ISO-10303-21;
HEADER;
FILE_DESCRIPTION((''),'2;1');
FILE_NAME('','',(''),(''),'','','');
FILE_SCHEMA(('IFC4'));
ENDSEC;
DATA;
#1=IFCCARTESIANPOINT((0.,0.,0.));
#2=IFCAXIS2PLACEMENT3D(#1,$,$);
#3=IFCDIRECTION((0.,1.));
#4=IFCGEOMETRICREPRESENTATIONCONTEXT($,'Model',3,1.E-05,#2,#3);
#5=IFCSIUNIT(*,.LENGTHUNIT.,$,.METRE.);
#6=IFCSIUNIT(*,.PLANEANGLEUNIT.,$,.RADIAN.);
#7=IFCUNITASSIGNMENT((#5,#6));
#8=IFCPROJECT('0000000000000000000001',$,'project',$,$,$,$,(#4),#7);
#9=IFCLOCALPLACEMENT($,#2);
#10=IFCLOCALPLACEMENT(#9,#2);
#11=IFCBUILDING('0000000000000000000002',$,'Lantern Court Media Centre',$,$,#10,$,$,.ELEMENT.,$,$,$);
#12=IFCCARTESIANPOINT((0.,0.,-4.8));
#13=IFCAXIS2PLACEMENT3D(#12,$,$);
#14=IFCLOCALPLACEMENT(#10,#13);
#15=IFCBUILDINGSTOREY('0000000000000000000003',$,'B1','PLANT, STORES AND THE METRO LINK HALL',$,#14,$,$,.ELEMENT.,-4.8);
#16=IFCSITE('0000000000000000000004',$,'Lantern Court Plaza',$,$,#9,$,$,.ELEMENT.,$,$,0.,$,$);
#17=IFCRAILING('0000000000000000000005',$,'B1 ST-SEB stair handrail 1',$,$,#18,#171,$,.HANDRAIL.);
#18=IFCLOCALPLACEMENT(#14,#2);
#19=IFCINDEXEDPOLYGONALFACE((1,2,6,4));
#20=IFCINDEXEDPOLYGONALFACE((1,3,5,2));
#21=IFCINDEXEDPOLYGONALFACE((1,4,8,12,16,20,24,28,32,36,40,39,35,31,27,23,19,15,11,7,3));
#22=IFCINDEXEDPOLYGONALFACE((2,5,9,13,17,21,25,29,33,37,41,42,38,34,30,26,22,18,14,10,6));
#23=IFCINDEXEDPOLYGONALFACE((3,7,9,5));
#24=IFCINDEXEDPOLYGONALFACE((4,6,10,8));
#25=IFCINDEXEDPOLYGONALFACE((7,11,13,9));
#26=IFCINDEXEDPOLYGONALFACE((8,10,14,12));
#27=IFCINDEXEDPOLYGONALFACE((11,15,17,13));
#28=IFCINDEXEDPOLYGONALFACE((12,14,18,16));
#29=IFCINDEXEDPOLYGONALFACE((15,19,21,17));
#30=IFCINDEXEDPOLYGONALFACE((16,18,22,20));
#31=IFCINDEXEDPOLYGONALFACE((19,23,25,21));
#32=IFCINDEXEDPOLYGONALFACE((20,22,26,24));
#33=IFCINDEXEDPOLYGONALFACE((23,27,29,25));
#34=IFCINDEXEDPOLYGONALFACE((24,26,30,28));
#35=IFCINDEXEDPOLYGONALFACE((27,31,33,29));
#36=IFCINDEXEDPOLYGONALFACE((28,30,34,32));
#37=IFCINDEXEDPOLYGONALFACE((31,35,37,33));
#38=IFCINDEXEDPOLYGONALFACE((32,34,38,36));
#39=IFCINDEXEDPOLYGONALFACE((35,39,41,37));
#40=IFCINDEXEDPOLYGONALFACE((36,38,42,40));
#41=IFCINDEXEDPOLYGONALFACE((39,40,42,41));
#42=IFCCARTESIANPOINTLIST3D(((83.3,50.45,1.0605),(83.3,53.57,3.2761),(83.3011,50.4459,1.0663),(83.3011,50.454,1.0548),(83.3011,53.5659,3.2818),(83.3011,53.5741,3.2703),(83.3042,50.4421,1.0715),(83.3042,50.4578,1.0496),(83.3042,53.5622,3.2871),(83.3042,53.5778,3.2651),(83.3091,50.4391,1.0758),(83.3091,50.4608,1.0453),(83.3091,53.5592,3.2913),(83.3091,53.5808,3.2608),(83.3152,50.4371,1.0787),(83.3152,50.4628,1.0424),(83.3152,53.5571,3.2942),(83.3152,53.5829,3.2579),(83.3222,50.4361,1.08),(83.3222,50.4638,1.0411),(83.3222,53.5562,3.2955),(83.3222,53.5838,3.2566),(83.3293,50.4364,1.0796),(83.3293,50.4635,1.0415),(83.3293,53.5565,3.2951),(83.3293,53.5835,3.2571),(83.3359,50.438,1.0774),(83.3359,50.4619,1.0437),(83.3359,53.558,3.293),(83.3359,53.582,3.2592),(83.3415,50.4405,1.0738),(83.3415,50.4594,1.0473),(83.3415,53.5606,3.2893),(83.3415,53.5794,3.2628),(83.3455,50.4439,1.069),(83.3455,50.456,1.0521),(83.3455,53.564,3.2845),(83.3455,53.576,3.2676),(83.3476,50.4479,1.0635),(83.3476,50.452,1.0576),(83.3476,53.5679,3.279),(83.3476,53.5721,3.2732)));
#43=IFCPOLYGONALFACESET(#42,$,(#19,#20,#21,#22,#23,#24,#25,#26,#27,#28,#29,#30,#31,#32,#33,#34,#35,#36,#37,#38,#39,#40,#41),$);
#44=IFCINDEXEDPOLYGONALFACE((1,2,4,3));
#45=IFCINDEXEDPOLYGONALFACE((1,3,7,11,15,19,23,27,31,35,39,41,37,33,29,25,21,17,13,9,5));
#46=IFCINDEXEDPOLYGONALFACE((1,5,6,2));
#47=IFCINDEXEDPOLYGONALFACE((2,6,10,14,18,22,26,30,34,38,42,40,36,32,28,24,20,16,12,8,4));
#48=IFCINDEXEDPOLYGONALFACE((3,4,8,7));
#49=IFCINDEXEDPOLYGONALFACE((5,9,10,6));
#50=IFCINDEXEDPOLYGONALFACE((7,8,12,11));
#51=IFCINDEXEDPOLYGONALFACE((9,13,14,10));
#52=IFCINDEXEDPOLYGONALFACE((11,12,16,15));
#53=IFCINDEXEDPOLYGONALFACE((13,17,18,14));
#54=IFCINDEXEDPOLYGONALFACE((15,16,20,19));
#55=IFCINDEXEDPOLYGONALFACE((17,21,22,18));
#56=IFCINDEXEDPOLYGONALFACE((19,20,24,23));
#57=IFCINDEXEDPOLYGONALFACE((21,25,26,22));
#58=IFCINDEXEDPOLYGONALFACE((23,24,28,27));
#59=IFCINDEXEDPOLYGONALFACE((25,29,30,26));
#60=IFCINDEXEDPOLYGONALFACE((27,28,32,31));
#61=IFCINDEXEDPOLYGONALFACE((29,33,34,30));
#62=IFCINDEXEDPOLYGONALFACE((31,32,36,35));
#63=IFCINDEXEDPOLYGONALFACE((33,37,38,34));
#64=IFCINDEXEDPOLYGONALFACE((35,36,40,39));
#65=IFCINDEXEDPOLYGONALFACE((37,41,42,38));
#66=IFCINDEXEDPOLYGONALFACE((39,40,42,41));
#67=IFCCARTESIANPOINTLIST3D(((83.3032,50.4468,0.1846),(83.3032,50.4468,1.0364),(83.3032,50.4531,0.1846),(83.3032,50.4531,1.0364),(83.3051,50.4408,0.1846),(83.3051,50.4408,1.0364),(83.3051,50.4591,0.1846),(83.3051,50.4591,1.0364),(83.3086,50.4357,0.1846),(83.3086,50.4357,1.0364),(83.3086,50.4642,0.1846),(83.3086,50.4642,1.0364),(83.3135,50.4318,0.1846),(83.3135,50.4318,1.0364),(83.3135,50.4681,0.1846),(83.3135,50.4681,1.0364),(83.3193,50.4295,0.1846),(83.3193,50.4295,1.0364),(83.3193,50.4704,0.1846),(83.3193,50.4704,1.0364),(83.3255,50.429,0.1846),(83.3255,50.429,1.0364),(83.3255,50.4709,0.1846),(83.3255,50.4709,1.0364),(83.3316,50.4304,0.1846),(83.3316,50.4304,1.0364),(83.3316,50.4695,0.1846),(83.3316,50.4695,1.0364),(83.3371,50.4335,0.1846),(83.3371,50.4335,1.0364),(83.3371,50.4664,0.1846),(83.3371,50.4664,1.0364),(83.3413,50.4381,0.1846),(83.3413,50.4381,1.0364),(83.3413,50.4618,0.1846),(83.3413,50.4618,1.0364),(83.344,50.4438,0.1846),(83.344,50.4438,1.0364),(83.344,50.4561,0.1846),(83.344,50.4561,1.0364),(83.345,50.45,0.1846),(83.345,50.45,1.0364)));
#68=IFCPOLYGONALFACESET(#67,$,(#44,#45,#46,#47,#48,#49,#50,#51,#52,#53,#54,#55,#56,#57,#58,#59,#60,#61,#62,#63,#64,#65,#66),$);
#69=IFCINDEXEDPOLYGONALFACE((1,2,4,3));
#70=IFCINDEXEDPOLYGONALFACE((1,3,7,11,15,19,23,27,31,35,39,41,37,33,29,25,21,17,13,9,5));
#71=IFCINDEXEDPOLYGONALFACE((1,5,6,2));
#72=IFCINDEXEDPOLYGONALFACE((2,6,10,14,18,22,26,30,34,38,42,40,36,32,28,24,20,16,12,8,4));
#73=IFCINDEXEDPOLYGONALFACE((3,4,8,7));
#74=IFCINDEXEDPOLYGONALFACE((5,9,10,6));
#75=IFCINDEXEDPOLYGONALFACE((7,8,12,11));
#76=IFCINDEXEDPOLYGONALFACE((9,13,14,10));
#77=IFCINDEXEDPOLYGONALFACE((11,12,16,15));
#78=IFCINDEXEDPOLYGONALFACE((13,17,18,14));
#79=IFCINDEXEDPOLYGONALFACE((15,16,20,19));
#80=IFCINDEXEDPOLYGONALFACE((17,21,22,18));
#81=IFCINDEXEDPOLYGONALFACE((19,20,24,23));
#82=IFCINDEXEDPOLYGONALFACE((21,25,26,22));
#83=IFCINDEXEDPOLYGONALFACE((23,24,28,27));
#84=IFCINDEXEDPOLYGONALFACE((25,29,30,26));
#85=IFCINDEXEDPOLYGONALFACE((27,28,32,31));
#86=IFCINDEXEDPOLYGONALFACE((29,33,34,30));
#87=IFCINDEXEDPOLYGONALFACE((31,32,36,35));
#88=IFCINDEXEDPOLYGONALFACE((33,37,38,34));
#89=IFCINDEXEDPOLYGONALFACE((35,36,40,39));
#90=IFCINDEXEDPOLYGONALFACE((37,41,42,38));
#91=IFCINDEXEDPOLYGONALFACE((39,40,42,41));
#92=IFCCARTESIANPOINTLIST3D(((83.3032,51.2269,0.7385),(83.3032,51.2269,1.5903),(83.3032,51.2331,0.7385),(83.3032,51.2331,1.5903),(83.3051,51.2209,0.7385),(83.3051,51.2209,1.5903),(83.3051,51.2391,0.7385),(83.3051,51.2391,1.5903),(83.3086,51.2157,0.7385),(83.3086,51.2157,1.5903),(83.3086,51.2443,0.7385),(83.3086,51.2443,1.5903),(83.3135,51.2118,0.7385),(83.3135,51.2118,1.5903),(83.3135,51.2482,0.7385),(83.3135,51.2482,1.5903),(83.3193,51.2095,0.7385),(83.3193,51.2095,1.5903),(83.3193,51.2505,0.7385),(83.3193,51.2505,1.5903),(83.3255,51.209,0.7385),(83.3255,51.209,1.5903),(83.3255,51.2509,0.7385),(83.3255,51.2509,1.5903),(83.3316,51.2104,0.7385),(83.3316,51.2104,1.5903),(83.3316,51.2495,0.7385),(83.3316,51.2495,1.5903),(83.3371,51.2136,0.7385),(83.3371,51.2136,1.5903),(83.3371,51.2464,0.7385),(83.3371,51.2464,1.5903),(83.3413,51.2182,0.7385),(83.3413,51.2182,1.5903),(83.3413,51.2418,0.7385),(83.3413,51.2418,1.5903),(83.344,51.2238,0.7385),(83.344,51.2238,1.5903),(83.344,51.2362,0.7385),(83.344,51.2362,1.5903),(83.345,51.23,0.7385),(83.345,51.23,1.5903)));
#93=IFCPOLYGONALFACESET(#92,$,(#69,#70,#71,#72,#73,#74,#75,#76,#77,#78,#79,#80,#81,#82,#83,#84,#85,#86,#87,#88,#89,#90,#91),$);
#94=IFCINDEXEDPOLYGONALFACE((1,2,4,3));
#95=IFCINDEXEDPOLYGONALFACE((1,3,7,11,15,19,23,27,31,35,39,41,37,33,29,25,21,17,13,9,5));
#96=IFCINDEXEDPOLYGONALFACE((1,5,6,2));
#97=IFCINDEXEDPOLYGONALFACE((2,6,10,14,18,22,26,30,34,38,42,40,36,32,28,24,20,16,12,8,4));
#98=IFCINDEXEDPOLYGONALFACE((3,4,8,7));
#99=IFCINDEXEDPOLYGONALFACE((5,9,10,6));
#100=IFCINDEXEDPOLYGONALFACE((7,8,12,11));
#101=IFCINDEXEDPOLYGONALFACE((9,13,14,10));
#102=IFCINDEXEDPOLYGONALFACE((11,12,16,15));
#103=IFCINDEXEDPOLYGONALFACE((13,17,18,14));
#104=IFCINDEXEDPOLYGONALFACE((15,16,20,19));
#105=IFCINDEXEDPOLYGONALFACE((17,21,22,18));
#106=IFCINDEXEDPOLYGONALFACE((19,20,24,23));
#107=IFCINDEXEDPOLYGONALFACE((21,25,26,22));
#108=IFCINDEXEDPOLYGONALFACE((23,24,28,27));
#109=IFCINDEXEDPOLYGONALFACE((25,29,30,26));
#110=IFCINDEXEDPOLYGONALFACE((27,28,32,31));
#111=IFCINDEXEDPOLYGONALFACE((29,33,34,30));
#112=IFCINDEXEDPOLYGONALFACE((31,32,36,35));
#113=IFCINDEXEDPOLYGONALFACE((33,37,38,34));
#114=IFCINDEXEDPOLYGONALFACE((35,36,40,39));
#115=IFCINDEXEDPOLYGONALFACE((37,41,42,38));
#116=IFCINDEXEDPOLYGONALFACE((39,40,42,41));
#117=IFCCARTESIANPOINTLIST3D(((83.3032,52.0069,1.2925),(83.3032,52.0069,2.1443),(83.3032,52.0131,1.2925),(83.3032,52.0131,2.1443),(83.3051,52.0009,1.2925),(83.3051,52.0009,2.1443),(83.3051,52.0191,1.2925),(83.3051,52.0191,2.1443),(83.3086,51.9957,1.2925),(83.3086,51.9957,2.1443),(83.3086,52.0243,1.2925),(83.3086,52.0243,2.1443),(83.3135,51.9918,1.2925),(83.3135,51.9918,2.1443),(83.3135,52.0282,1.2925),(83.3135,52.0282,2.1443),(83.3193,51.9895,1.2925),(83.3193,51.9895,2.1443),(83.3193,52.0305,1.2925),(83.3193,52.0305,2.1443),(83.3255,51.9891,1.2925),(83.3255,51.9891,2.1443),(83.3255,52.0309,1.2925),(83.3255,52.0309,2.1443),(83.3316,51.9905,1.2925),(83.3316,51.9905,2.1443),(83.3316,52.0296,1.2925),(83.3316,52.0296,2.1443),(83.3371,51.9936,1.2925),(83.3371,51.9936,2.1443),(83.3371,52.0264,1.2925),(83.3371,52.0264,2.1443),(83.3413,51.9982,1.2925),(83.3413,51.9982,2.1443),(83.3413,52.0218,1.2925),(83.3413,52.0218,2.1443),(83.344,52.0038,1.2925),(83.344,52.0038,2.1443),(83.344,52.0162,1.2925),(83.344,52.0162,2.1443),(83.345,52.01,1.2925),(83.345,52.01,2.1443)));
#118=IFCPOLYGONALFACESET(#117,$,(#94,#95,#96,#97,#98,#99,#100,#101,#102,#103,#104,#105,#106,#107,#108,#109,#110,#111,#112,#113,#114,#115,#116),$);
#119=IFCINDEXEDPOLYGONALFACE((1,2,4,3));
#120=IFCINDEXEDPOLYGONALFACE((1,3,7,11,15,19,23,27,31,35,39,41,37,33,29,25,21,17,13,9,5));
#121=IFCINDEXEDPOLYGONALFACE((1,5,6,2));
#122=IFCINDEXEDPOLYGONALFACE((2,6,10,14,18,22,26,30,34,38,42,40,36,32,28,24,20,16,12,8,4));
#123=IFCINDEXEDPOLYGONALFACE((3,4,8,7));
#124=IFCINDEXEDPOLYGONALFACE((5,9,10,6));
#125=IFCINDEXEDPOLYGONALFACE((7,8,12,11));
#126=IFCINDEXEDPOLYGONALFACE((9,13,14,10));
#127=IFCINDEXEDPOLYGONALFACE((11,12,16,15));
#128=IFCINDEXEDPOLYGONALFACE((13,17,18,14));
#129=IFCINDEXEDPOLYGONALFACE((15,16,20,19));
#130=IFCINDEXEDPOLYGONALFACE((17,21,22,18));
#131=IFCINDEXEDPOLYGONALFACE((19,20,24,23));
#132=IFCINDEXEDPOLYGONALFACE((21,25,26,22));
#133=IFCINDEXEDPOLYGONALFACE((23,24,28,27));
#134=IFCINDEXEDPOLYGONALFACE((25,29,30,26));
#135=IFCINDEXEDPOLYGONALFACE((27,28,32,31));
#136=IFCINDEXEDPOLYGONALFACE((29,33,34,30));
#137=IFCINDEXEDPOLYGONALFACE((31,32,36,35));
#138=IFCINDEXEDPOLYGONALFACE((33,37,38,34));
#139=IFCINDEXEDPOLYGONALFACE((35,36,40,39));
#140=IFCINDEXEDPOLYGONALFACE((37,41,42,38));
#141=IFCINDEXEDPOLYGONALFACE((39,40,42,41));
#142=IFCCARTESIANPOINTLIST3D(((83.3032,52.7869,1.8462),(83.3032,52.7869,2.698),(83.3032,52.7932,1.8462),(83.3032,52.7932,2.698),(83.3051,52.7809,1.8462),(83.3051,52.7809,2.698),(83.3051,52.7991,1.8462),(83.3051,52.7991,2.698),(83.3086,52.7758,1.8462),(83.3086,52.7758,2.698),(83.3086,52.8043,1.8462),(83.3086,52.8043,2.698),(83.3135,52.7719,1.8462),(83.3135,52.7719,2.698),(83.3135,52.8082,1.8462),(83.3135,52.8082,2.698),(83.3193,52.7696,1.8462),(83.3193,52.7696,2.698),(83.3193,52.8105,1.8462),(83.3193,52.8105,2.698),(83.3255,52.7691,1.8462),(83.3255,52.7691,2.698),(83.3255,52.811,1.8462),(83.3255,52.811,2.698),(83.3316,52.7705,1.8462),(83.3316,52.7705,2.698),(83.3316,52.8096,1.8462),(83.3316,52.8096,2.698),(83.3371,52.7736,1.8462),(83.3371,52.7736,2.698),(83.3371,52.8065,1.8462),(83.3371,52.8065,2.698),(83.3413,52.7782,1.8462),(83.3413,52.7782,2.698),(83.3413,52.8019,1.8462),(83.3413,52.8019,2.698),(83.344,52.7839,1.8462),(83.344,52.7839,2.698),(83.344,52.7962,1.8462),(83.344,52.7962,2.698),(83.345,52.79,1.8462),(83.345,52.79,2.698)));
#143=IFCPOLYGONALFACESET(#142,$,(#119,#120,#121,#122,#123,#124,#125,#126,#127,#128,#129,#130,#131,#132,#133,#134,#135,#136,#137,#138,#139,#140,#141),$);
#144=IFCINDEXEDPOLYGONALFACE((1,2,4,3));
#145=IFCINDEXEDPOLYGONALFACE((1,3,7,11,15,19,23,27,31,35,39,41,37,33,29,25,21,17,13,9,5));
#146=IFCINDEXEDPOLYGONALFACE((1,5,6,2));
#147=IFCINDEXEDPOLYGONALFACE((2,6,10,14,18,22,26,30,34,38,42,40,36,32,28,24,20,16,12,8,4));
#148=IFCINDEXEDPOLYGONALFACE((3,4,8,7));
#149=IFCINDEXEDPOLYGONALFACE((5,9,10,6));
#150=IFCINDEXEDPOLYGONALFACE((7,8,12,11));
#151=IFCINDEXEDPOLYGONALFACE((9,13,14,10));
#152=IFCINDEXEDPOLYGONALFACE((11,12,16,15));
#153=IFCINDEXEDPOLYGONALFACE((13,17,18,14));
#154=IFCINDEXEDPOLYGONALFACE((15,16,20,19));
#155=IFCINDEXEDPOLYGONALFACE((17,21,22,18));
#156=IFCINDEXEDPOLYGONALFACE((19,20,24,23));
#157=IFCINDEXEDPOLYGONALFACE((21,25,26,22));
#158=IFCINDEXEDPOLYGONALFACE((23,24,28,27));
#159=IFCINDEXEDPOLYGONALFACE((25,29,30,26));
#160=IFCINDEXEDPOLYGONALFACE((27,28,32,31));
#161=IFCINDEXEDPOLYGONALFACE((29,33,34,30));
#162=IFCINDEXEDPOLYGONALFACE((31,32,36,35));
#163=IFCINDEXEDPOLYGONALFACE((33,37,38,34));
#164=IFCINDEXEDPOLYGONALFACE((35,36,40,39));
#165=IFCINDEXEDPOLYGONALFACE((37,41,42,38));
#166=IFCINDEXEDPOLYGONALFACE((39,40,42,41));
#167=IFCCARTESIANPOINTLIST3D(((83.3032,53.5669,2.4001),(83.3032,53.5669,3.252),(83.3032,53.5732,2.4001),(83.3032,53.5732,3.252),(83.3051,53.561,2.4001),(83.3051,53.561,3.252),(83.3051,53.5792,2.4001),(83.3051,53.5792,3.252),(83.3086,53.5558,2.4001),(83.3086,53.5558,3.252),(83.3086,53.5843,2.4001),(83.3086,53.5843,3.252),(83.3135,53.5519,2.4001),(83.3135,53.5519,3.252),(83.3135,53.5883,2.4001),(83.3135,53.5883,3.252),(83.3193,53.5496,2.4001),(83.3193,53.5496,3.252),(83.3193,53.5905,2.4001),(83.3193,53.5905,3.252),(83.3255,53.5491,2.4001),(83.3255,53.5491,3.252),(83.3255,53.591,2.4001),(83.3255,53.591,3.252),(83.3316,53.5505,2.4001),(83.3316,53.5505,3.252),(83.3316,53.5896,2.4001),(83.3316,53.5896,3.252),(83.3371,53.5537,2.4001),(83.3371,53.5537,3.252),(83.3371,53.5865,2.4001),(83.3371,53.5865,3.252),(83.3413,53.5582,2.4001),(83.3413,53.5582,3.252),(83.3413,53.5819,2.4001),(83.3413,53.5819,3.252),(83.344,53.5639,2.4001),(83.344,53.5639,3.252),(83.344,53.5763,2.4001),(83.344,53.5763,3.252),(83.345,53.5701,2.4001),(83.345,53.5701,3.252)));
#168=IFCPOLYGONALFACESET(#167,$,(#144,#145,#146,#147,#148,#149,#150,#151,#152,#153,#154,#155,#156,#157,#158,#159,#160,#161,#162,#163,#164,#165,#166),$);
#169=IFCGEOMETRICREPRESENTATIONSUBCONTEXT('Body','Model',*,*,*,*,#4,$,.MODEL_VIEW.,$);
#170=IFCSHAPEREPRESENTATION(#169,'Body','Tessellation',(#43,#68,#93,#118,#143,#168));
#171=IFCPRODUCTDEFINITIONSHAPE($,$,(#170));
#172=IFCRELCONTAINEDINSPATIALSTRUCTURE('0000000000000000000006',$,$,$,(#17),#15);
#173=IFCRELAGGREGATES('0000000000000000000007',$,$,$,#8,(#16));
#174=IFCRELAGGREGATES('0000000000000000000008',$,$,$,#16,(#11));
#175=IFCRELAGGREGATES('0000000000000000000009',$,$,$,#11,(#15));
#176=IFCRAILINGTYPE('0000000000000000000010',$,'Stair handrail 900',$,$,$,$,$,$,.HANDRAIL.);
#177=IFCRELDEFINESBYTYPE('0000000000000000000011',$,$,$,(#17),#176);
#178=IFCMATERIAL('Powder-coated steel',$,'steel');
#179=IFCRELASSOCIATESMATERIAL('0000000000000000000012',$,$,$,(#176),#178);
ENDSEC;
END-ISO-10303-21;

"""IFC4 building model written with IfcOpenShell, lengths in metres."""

from ifc_helpers import new_model, si_unit, direction, frame, origin, origin_2d, place, context, subcontext, project, spatial, circle, extrude, material, type_object, element, save


model = new_model("IFC4")

# Units and contexts
model_context = context("Model", 3, precision=1e-05, world=origin(), true_north=direction((0.0, 1.0)))
body_context = subcontext(model_context, "Body", "Model", "MODEL_VIEW")
ifc_project = project(units=[si_unit("LENGTHUNIT", "METRE"), si_unit("PLANEANGLEUNIT", "RADIAN")], contexts=[model_context])

# Site, building, storey
site_placement = place(None, origin())
site = spatial("IfcSite", under=ifc_project, at=site_placement, Name="Lantern Court Plaza", CompositionType="ELEMENT", RefElevation=0.0)
building_placement = place(site_placement, origin())
building = spatial("IfcBuilding", under=site, at=building_placement, Name="Lantern Court Media Centre", CompositionType="ELEMENT")
storey_placement = place(building_placement, frame((0.0, 0.0, -4.8)))
storey = spatial("IfcBuildingStorey", under=building, at=storey_placement, Name="B1", Description="PLANT, STORES AND THE METRO LINK HALL", CompositionType="ELEMENT", Elevation=-4.8)

# Railing
ifc_material_1 = material(Name="Powder-coated steel", Category="steel")
railing_type_1 = type_object("IfcRailingType", Name="Stair handrail 900", PredefinedType="HANDRAIL", material=ifc_material_1)
railing_1_placement = place(storey_placement, frame((83.324, 50.45, 0.1846)))
element("IfcRailing", 1, at=railing_1_placement, inside=storey, type_object=railing_type_1, Name="B1 ST-SEB stair handrail 1", PredefinedType="HANDRAIL", context=body_context, shape_type="SweptSolid", body=[
    extrude(circle(Radius=0.0239, at=origin_2d()), frame((0.0, 0.0, 0.876), z_axis=(0.0, 0.815347, 0.578973), x_axis=(-1.0, 0.0, 0.0)), (0.0, 0.0, 1.0), 3.8267),
    extrude(circle(Radius=0.021, at=origin_2d()), origin(), (0.0, 0.0, 1.0), 0.8518),
    extrude(circle(Radius=0.021, at=origin_2d()), frame((0.0, 0.78, 0.554)), (0.0, 0.0, 1.0), 0.8518),
    extrude(circle(Radius=0.021, at=origin_2d()), frame((0.0, 1.5601, 1.1079)), (0.0, 0.0, 1.0), 0.8518),
    extrude(circle(Radius=0.021, at=origin_2d()), frame((0.0, 2.3401, 1.6616)), (0.0, 0.0, 1.0), 0.8518),
    extrude(circle(Radius=0.021, at=origin_2d()), frame((0.0, 3.1201, 2.2156)), (0.0, 0.0, 1.0), 0.8518),
])

save(model, "model.ifc")
